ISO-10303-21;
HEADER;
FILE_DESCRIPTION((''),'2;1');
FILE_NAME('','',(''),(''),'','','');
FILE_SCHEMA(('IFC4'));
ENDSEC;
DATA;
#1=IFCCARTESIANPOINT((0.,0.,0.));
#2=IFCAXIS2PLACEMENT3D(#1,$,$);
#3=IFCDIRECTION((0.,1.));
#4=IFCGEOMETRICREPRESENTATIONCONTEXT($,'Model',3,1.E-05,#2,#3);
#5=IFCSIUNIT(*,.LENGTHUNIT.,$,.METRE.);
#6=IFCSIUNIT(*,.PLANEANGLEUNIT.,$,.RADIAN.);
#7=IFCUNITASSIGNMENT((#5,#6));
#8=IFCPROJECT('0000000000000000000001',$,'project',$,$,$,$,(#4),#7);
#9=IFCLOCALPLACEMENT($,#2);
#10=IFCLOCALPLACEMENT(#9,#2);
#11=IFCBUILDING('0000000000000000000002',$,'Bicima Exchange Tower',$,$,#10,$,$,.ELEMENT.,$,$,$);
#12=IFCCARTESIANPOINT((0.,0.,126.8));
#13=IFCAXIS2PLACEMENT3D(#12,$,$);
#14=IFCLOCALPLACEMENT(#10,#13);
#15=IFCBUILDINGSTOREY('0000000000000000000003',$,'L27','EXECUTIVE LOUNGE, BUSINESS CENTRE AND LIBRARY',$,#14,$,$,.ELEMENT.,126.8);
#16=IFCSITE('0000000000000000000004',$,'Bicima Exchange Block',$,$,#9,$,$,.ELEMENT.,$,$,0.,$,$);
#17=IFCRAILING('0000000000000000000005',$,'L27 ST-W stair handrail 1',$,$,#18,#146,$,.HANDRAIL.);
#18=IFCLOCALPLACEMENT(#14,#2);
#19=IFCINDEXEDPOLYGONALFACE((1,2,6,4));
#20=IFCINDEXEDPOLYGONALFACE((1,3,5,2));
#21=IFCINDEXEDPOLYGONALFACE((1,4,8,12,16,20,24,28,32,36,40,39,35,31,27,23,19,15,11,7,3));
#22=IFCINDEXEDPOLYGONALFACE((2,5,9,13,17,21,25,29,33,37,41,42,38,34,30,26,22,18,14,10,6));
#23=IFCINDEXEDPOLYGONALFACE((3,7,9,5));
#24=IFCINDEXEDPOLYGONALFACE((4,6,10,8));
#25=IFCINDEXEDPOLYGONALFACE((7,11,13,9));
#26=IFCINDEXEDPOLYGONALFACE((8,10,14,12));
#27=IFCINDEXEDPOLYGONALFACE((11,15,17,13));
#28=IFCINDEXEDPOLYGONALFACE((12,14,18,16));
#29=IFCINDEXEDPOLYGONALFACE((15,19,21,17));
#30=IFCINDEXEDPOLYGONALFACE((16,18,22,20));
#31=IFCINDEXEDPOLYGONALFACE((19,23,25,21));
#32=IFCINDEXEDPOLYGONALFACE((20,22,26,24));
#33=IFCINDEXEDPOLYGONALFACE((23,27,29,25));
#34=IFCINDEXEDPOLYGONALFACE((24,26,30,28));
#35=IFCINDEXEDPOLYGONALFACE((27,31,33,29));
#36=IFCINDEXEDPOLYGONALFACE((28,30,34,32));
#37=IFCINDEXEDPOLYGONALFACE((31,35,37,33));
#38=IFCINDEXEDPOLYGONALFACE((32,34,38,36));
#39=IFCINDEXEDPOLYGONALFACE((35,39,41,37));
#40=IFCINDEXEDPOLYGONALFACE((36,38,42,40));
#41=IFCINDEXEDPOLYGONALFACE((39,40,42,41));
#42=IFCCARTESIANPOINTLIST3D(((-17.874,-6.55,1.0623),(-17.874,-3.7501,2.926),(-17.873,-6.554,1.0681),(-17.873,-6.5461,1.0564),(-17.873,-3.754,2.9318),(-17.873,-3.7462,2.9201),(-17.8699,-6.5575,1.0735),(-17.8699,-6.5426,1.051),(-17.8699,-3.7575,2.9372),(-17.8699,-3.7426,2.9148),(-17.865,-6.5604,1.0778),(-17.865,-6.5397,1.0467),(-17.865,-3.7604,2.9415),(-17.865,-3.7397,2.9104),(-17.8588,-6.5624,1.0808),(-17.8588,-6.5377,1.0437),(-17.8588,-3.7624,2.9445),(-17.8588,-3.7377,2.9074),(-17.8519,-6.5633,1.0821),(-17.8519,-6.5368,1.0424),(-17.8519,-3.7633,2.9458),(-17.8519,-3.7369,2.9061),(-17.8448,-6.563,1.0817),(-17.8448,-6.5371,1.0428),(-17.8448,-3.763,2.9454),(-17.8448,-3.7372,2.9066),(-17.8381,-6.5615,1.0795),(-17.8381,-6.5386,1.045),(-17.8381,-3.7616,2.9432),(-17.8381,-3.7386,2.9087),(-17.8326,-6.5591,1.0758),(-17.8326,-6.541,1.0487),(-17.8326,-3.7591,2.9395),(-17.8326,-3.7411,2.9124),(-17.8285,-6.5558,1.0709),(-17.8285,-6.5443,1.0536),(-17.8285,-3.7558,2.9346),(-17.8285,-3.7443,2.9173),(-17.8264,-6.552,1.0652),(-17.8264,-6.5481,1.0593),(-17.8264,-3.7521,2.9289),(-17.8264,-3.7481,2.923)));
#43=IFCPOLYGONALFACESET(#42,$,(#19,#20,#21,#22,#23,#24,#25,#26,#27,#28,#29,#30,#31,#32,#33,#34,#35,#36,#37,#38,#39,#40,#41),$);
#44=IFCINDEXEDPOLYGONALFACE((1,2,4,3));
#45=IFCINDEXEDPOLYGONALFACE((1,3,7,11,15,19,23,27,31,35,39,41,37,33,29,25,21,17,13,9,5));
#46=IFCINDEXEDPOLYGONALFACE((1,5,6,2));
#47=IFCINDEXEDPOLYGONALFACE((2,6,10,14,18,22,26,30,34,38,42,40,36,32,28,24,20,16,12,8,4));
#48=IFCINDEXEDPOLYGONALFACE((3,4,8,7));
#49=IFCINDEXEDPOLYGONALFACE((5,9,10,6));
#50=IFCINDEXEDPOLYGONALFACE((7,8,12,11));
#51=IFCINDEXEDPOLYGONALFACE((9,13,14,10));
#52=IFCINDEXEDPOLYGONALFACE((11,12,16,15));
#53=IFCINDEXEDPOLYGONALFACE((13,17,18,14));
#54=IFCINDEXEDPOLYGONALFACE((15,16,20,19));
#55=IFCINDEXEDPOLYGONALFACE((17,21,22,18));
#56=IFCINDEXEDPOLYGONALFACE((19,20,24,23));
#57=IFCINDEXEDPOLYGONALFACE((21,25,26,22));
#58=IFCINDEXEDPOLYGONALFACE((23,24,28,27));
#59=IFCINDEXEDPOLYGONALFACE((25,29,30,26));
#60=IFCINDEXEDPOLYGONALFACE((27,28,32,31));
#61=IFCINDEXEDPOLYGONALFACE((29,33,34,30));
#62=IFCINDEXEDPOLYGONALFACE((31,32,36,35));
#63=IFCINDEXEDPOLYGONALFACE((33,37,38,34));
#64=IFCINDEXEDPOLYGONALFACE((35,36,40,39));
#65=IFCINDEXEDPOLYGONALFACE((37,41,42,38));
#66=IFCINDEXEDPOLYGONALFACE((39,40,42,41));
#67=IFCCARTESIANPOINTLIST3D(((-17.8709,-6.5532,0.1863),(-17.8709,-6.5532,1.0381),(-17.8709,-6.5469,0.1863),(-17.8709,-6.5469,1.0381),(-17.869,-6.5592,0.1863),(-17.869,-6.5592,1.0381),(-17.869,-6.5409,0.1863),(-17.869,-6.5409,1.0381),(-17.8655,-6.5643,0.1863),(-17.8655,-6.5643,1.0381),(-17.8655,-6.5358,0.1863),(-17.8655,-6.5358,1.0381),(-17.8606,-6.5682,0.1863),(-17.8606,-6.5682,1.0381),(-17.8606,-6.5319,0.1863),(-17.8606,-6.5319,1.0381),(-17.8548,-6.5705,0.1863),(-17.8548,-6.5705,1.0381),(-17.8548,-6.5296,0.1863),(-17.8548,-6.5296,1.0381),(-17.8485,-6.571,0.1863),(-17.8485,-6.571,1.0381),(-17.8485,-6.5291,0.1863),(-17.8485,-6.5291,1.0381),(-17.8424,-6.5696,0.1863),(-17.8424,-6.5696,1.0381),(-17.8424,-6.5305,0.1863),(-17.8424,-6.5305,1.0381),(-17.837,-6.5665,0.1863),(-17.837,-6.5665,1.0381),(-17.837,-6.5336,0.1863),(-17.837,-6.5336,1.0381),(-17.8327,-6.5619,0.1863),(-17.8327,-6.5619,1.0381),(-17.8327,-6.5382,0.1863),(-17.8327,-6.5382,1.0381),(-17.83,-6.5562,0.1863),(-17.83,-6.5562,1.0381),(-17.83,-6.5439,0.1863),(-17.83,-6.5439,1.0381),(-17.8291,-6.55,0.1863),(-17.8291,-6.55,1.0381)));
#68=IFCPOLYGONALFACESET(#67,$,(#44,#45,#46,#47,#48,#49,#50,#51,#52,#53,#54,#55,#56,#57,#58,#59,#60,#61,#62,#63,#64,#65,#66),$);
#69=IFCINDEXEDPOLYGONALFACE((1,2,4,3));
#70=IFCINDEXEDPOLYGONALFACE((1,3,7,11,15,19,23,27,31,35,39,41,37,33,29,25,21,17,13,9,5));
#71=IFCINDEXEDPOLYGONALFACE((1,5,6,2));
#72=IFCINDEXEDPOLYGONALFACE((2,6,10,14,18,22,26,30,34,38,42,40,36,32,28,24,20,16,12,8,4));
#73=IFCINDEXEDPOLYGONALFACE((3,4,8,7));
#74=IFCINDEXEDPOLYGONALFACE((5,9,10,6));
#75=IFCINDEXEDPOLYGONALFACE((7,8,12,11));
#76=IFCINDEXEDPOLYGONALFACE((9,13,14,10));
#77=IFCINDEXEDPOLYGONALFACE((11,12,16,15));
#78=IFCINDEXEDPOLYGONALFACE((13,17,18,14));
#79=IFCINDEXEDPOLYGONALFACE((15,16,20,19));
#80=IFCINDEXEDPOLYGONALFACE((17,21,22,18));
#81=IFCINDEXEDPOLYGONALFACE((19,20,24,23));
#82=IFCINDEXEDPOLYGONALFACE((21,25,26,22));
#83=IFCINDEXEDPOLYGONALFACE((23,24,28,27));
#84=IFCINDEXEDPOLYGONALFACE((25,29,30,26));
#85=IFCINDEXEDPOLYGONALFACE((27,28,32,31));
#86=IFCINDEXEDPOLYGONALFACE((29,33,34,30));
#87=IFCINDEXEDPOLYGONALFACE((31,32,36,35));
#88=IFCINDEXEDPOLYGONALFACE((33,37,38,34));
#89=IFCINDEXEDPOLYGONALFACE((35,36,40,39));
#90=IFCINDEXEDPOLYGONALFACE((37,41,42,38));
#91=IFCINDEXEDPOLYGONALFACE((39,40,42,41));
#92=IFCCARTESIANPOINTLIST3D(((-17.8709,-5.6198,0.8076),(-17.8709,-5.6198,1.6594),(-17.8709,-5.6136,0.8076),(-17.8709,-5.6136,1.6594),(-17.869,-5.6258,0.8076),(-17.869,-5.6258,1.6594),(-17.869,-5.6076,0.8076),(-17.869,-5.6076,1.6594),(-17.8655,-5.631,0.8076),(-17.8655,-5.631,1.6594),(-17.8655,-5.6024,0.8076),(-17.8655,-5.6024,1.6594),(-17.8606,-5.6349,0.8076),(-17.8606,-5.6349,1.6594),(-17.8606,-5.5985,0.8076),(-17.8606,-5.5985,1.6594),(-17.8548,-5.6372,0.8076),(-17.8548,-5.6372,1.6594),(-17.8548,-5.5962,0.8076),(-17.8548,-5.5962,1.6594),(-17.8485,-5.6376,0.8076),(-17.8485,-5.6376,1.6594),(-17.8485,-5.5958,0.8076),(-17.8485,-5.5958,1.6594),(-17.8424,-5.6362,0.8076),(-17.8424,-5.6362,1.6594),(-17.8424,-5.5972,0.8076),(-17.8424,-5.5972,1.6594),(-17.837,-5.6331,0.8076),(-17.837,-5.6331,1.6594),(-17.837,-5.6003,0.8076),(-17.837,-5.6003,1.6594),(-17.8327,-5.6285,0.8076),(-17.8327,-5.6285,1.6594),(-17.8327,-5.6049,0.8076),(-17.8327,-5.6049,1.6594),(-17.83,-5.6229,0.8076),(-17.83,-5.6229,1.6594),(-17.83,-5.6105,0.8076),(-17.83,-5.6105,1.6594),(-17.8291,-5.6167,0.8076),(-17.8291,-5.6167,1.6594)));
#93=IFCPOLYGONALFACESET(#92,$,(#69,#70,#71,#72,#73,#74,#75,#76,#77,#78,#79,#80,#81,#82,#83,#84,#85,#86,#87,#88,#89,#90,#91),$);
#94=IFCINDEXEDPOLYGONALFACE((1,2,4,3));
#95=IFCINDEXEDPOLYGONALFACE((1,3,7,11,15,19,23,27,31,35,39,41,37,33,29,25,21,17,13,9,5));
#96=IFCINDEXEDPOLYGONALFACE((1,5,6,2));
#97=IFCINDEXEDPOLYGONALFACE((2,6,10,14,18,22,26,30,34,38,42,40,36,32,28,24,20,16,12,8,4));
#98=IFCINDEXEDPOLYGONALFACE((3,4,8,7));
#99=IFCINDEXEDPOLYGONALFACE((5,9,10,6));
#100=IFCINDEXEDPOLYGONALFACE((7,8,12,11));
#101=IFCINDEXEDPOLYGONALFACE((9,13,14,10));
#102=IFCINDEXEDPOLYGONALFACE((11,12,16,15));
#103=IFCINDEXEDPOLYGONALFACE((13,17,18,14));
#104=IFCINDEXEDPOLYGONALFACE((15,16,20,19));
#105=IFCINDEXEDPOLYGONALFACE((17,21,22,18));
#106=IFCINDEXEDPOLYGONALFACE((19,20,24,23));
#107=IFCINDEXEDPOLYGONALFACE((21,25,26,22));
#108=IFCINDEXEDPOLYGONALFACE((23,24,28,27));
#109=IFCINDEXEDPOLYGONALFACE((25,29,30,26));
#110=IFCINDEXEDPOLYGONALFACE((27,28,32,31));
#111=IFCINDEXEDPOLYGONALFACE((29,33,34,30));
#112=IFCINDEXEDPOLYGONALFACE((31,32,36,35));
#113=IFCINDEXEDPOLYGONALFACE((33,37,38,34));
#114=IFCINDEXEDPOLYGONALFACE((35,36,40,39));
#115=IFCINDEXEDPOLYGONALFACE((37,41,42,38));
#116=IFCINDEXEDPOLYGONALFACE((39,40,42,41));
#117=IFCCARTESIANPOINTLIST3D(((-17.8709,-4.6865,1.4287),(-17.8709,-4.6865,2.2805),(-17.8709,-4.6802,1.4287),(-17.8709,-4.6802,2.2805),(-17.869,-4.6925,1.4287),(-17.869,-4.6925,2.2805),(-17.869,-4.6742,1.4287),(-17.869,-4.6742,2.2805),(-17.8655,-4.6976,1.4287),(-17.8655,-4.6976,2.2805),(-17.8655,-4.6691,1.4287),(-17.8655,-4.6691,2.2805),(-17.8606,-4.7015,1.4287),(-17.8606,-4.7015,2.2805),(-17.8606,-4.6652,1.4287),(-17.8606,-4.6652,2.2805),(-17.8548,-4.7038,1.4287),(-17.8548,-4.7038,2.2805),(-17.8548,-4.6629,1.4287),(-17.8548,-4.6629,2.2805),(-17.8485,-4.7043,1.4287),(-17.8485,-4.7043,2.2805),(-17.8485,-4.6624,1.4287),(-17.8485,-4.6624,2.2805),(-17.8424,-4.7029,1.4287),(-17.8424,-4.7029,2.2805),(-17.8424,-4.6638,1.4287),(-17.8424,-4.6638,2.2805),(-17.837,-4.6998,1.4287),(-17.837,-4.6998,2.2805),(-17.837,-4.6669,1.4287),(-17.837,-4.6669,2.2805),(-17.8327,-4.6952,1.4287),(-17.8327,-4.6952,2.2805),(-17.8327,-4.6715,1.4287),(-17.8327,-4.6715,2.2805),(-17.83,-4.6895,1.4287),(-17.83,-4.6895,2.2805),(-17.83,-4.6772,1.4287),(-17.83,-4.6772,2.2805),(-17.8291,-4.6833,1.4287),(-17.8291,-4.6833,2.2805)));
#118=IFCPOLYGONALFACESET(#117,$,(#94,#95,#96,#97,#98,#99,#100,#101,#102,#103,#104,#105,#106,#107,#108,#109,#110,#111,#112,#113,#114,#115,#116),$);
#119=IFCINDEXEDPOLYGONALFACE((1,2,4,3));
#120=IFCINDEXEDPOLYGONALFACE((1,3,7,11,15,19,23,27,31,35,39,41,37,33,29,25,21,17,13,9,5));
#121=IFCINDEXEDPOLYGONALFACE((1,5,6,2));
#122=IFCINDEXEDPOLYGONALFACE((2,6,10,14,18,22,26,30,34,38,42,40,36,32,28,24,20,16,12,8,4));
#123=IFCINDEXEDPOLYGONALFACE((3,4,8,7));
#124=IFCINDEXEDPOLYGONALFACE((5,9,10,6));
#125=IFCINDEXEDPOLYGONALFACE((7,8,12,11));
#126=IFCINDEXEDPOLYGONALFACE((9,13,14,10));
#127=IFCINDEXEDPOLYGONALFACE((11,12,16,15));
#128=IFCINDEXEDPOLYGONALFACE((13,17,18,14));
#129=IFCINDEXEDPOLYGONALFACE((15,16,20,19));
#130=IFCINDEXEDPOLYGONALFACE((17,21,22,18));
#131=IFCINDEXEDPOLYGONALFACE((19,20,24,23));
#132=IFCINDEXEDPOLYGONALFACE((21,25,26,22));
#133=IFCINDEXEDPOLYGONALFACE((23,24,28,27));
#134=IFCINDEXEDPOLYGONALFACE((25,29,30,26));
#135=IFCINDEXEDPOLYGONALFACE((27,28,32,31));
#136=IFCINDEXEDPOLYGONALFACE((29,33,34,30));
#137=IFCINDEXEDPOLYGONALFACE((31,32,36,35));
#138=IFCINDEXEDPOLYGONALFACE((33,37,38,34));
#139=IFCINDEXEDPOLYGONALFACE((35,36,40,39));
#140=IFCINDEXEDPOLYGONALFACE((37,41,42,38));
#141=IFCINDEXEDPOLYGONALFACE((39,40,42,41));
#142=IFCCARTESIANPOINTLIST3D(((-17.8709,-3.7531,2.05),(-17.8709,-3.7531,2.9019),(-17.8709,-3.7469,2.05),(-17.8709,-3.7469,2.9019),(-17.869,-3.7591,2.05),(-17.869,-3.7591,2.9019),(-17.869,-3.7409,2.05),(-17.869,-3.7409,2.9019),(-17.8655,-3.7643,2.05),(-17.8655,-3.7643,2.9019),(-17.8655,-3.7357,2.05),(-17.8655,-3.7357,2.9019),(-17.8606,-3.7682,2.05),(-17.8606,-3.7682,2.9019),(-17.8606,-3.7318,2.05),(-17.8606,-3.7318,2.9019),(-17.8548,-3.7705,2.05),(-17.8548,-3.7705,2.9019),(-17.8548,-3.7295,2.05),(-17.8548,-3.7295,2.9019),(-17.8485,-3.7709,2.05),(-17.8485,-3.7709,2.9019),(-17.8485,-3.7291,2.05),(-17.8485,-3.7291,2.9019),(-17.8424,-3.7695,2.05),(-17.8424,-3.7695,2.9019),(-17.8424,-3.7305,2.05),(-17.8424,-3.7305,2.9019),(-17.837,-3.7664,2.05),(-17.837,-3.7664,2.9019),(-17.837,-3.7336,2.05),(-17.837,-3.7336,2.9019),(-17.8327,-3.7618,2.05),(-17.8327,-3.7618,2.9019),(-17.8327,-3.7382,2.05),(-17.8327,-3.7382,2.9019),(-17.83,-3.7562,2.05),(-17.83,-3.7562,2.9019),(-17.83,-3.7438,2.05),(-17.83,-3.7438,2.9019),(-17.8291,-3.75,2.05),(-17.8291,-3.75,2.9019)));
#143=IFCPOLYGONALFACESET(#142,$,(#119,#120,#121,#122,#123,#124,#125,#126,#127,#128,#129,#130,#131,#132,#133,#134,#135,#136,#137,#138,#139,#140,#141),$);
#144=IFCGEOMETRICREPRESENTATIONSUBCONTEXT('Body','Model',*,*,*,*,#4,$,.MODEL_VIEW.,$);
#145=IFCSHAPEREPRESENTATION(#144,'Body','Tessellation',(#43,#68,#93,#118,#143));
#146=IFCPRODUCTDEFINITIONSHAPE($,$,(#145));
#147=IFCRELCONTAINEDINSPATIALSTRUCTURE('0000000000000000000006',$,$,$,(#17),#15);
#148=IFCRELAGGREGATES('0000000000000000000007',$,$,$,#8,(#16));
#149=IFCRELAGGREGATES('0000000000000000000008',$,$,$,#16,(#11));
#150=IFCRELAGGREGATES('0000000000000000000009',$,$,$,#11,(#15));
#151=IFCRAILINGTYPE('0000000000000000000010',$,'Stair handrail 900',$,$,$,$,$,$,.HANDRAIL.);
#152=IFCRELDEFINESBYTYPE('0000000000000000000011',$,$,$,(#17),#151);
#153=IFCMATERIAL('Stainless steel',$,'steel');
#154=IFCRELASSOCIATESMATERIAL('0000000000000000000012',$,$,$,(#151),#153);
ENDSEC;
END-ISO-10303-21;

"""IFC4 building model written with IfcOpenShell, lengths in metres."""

from ifc_helpers import new_model, si_unit, direction, frame, origin, origin_2d, place, context, subcontext, project, spatial, circle, extrude, material, type_object, element, save


model = new_model("IFC4")

# Units and contexts
model_context = context("Model", 3, precision=1e-05, world=origin(), true_north=direction((0.0, 1.0)))
body_context = subcontext(model_context, "Body", "Model", "MODEL_VIEW")
ifc_project = project(units=[si_unit("LENGTHUNIT", "METRE"), si_unit("PLANEANGLEUNIT", "RADIAN")], contexts=[model_context])

# Site, building, storey
site_placement = place(None, origin())
site = spatial("IfcSite", under=ifc_project, at=site_placement, Name="Bicima Exchange Block", CompositionType="ELEMENT", RefElevation=0.0)
building_placement = place(site_placement, origin())
building = spatial("IfcBuilding", under=site, at=building_placement, Name="Bicima Exchange Tower", CompositionType="ELEMENT")
storey_placement = place(building_placement, frame((0.0, 0.0, 126.8)))
storey = spatial("IfcBuildingStorey", under=building, at=storey_placement, Name="L27", Description="EXECUTIVE LOUNGE, BUSINESS CENTRE AND LIBRARY", CompositionType="ELEMENT", Elevation=126.8)

# Shared definitions
ifc_material_1 = material(Name="Stainless steel", Category="steel")

# Railing
railing_type_1 = type_object("IfcRailingType", Name="Stair handrail 900", PredefinedType="HANDRAIL", material=ifc_material_1)
railing_1_placement = place(storey_placement, frame((-17.8501, -6.55, 0.1863)))
element("IfcRailing", 1, at=railing_1_placement, inside=storey, type_object=railing_type_1, Name="L27 ST-W stair handrail 1", PredefinedType="HANDRAIL", context=body_context, shape_type="SweptSolid", body=[
    extrude(circle(Radius=0.0239, at=origin_2d()), frame((0.0, 0.0, 0.876), z_axis=(0.0, 0.832452, 0.554097), x_axis=(-1.0, 0.0, 0.0)), (0.0, 0.0, 1.0), 3.3635),
    extrude(circle(Radius=0.021, at=origin_2d()), origin(), (0.0, 0.0, 1.0), 0.8518),
    extrude(circle(Radius=0.021, at=origin_2d()), frame((0.0, 0.9333, 0.6213)), (0.0, 0.0, 1.0), 0.8518),
    extrude(circle(Radius=0.021, at=origin_2d()), frame((0.0, 1.8667, 1.2424)), (0.0, 0.0, 1.0), 0.8518),
    extrude(circle(Radius=0.021, at=origin_2d()), frame((0.0, 2.8, 1.8638)), (0.0, 0.0, 1.0), 0.8518),
])

save(model, "model.ifc")
